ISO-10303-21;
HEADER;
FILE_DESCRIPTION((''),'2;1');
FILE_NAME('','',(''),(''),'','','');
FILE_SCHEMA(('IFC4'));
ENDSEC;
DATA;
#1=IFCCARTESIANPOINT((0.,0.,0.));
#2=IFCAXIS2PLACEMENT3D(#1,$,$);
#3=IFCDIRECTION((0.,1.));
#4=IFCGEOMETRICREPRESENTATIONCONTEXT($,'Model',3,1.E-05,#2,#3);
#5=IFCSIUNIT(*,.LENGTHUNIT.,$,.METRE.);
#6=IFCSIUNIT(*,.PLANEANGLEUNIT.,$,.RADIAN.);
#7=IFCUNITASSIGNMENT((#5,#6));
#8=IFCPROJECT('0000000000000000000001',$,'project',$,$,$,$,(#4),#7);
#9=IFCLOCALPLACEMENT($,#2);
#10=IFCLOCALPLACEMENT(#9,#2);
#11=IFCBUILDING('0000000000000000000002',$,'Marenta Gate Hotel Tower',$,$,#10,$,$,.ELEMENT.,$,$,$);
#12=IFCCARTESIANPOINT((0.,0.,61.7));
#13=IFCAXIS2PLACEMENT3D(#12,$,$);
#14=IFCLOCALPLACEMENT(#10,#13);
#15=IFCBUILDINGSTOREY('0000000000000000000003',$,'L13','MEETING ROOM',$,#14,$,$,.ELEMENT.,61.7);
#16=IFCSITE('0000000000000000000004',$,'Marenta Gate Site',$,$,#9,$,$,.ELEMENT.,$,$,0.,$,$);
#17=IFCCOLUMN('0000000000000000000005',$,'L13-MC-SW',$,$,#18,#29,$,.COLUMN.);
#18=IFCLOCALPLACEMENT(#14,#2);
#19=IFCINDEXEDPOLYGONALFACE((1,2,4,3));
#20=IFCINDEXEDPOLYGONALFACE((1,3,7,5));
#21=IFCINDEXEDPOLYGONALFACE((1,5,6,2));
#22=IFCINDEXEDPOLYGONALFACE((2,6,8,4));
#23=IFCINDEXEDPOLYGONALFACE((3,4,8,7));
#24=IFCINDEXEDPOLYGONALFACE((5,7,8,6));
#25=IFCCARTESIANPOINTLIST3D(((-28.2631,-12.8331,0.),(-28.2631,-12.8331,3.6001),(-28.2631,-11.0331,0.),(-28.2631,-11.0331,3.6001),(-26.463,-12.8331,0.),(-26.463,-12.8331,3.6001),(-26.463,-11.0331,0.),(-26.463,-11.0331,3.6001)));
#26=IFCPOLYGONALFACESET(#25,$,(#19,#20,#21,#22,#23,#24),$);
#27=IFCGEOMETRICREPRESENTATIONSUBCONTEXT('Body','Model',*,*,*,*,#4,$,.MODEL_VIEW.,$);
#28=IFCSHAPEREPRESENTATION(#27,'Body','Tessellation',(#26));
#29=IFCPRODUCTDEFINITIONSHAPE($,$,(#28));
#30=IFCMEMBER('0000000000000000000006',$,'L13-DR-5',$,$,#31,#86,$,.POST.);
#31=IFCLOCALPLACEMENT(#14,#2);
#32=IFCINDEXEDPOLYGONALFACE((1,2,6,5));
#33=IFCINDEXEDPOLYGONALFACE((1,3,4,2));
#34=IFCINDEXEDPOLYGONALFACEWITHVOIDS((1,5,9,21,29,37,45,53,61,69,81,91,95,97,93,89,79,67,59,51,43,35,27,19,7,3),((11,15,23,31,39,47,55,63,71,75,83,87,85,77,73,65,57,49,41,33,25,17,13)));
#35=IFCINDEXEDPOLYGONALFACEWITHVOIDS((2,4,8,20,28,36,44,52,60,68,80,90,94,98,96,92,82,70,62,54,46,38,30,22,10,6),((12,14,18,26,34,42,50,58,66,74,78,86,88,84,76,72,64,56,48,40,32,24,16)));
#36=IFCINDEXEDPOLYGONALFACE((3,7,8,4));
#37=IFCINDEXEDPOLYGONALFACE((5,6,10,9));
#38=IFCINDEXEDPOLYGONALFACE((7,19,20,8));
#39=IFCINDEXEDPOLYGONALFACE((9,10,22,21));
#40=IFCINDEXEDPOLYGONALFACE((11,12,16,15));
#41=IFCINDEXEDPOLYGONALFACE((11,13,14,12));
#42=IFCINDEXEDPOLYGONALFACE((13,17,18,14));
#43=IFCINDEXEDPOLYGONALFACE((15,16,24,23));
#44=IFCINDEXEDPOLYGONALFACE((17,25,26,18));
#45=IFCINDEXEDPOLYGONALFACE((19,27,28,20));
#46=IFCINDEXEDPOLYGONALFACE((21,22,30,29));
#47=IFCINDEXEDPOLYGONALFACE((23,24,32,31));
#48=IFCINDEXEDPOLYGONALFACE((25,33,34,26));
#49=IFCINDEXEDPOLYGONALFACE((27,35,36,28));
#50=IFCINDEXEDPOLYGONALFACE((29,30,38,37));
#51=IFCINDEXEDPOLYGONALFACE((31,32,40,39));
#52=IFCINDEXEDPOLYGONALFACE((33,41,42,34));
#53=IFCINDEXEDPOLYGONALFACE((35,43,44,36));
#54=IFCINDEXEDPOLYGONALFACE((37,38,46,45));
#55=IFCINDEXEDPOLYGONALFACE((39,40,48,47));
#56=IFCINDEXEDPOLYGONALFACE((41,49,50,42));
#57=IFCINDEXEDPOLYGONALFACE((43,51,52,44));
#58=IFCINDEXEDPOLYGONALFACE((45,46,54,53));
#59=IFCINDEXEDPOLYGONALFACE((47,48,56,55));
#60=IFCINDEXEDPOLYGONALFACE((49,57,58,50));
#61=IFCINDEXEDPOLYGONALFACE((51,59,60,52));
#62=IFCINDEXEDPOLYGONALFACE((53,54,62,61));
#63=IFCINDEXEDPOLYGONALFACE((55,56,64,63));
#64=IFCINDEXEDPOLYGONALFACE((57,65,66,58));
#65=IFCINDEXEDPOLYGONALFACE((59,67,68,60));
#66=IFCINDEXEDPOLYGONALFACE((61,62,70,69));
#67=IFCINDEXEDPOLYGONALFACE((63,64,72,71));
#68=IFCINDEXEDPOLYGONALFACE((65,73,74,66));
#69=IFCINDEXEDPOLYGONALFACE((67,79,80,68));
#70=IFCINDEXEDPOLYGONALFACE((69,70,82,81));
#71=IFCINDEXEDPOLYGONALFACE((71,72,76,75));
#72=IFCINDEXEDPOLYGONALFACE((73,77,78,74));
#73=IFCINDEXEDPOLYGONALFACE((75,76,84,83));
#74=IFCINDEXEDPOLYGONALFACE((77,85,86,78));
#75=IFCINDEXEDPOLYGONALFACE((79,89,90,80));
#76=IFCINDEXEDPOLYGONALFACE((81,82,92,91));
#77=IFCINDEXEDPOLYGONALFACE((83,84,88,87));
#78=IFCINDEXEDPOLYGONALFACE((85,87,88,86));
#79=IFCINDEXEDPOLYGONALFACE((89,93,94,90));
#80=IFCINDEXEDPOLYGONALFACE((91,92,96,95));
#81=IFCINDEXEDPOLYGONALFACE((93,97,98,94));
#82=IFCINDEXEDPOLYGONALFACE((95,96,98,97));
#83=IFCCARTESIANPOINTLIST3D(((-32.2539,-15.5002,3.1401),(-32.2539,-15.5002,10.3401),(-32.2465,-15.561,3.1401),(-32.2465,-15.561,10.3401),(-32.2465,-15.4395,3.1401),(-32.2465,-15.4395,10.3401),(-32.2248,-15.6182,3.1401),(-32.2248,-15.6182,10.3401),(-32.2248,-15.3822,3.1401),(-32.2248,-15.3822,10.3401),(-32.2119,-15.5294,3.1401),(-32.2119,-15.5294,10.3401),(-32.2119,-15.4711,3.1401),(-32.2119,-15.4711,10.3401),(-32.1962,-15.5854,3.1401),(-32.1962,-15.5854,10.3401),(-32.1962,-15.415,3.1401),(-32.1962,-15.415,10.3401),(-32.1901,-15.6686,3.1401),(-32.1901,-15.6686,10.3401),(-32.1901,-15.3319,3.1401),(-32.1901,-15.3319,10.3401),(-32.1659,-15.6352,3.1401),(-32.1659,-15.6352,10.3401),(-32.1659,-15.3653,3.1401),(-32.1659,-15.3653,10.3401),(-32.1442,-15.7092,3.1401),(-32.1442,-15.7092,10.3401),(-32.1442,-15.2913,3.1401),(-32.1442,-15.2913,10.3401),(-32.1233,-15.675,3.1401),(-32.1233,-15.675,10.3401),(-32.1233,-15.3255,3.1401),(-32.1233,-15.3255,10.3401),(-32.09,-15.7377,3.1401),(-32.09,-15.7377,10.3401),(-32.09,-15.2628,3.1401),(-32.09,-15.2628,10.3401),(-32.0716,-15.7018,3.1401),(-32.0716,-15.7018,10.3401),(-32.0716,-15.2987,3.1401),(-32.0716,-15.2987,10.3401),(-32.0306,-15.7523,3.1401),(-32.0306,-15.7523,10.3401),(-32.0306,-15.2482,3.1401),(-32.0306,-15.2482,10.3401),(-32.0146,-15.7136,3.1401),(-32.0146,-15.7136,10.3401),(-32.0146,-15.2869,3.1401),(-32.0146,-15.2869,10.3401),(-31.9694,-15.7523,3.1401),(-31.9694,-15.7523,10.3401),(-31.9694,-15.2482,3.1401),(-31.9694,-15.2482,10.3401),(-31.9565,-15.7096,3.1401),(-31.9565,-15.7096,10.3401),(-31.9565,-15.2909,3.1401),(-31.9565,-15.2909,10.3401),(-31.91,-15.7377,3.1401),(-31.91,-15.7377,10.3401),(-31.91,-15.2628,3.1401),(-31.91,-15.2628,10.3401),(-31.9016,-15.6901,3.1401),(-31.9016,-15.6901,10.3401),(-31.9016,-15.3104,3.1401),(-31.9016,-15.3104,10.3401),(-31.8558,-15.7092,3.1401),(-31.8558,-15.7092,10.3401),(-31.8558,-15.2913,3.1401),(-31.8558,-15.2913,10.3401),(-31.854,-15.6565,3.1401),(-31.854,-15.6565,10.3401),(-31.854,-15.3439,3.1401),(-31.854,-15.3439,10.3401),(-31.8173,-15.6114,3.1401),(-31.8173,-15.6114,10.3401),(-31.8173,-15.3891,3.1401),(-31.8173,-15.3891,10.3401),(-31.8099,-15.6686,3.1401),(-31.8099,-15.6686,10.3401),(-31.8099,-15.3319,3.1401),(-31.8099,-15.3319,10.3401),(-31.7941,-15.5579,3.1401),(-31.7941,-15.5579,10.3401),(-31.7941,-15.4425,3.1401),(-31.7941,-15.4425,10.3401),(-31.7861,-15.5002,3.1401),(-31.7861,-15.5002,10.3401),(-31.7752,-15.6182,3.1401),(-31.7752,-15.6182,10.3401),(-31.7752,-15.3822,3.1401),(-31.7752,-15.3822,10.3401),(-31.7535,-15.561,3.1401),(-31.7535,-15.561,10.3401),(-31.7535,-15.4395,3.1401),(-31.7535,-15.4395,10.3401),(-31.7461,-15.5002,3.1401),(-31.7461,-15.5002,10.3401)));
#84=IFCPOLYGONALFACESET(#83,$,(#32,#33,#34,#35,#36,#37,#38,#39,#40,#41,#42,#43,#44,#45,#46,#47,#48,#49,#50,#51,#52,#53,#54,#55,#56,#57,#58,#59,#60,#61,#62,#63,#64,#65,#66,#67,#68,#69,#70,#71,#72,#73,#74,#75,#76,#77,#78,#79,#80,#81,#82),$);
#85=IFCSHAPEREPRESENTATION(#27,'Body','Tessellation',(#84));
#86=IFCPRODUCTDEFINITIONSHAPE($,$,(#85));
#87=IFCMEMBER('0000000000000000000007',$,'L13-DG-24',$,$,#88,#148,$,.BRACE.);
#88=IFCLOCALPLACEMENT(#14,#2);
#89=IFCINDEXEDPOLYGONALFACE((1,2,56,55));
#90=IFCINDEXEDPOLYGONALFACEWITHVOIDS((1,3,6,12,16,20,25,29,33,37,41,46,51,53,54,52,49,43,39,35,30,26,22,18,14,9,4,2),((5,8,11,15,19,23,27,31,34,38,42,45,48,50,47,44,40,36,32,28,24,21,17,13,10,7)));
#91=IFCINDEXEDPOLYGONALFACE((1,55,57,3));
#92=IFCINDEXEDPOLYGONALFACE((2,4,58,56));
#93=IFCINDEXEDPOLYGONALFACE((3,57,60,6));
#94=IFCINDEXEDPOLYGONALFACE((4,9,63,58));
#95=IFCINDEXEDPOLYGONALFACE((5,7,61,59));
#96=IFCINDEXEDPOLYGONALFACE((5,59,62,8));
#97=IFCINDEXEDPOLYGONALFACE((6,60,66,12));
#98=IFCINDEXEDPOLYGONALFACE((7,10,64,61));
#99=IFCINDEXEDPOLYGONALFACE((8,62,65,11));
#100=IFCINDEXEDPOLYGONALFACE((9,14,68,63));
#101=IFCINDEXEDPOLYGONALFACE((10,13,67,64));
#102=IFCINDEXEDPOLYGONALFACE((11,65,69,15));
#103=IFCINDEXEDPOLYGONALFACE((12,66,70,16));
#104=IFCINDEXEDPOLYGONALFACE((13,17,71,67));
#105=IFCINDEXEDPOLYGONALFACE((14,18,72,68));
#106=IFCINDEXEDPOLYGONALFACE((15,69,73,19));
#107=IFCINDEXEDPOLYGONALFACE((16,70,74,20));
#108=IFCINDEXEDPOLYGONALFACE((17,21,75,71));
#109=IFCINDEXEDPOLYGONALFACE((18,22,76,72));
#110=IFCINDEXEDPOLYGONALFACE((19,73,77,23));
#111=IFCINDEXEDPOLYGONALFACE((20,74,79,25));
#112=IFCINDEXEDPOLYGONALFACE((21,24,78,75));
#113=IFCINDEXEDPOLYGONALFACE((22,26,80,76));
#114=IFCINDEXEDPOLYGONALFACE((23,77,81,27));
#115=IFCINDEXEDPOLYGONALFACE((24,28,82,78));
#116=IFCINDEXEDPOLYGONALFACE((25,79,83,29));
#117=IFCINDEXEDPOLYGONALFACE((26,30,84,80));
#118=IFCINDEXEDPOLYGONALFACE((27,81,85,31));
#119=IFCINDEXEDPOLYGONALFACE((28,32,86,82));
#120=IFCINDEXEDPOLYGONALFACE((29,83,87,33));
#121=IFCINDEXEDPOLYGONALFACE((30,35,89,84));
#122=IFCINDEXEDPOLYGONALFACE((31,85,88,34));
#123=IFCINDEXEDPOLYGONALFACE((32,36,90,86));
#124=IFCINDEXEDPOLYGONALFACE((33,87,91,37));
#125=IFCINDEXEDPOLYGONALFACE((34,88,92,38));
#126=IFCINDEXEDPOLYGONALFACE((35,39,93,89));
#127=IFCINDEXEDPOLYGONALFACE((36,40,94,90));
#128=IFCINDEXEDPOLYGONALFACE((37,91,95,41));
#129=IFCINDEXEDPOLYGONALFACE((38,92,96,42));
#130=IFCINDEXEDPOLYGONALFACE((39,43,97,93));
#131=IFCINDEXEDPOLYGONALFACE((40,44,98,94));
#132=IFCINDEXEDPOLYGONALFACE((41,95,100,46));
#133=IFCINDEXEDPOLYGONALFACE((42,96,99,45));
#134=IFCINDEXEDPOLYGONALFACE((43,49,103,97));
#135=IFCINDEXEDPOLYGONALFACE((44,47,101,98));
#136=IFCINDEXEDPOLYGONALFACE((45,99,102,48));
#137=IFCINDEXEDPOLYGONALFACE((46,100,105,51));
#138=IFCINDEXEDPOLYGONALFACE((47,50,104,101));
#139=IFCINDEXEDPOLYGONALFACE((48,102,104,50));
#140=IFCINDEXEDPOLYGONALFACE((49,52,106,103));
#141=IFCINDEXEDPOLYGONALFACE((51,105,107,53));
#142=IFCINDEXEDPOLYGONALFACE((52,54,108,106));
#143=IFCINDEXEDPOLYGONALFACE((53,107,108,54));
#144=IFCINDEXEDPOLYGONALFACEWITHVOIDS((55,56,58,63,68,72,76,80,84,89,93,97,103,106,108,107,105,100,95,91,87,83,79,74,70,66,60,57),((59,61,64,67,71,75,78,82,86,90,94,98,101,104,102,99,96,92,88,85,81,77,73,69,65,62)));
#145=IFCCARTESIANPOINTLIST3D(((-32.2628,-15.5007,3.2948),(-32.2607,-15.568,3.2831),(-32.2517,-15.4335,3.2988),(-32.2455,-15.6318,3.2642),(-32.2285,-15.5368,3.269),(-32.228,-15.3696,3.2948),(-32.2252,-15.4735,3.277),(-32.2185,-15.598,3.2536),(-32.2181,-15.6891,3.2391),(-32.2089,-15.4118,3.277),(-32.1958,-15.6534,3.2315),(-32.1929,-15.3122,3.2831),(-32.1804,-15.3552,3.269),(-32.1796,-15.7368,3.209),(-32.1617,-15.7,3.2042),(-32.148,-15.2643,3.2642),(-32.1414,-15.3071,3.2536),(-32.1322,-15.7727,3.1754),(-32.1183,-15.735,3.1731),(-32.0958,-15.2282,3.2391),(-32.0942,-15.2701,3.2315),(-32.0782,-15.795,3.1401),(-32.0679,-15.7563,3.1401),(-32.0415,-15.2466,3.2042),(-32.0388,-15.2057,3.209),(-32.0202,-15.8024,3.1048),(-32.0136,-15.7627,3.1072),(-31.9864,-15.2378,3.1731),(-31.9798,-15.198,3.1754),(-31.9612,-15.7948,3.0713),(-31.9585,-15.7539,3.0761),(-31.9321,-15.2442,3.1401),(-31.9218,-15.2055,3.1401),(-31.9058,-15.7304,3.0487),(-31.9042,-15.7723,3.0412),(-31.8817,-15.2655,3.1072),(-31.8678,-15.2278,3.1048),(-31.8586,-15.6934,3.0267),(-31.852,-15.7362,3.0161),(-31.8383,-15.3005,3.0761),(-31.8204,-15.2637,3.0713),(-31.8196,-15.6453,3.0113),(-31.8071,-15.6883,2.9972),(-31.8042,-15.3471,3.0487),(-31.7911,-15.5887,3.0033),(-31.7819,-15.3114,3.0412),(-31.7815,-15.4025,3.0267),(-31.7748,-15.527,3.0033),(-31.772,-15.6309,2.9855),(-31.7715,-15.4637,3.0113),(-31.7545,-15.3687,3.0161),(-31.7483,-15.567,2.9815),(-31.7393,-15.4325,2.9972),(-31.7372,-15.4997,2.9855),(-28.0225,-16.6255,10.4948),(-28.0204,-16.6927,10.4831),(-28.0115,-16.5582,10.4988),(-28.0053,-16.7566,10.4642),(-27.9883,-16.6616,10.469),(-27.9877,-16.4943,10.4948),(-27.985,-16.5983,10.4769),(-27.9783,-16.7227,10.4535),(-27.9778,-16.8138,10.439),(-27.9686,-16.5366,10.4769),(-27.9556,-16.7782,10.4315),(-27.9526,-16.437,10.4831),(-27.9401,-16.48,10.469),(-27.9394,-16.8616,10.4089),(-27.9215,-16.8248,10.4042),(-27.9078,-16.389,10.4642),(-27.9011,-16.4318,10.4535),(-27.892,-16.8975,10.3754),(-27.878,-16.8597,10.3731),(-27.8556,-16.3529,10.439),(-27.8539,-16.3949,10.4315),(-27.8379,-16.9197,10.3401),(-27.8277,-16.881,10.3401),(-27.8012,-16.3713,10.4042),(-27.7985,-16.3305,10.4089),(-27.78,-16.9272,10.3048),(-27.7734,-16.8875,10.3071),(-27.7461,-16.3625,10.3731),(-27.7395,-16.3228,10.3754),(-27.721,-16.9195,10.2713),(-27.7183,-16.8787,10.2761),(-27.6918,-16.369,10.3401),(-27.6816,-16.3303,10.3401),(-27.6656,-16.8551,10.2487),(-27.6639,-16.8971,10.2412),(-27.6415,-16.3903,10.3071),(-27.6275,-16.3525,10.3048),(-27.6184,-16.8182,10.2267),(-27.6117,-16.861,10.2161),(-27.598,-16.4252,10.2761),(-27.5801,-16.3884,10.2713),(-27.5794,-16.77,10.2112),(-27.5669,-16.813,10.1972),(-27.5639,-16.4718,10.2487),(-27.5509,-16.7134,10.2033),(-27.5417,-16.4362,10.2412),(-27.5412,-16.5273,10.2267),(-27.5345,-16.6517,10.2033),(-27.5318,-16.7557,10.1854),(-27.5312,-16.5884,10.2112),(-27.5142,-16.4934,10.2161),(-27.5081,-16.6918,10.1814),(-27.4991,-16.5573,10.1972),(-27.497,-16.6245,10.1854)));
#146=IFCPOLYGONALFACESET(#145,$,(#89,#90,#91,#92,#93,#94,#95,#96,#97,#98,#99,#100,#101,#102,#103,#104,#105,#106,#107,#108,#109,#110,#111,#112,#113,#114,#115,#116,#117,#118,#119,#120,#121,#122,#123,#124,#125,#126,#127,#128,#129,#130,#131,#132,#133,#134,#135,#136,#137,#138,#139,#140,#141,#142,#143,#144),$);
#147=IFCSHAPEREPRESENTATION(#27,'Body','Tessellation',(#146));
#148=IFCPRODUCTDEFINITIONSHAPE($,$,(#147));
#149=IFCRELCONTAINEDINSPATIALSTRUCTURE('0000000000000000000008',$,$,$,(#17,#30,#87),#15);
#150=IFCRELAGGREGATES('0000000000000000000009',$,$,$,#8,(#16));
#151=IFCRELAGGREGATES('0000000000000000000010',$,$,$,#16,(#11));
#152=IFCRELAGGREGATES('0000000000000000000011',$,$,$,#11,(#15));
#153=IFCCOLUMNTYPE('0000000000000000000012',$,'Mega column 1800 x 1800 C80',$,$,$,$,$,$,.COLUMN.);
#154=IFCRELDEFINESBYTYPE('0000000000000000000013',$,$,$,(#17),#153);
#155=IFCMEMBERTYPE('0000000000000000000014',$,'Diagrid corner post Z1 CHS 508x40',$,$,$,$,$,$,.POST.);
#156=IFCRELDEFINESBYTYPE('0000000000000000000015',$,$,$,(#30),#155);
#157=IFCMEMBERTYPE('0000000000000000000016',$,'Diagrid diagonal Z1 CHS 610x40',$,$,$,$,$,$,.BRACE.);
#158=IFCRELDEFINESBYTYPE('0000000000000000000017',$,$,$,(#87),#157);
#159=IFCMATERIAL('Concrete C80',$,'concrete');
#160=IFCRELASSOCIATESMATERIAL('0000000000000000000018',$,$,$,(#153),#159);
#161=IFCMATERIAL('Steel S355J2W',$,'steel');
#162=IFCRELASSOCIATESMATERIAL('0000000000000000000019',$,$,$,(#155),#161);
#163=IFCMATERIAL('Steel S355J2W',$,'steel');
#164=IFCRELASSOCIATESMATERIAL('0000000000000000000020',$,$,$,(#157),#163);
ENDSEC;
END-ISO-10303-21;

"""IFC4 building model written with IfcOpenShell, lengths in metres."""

from ifc_helpers import new_model, si_unit, direction, frame, origin, origin_2d, place, context, subcontext, project, spatial, rectangle, hollow_circle, extrude, material, material_profile, profile_set, type_object, element, save


model = new_model("IFC4")

# Units and contexts
model_context = context("Model", 3, precision=1e-05, world=origin(), true_north=direction((0.0, 1.0)))
body_context = subcontext(model_context, "Body", "Model", "MODEL_VIEW")
ifc_project = project(units=[si_unit("LENGTHUNIT", "METRE"), si_unit("PLANEANGLEUNIT", "RADIAN")], contexts=[model_context])

# Site, building, storey
site_placement = place(None, origin())
site = spatial("IfcSite", under=ifc_project, at=site_placement, Name="Marenta Gate Site", CompositionType="ELEMENT", RefElevation=0.0)
building_placement = place(site_placement, origin())
building = spatial("IfcBuilding", under=site, at=building_placement, Name="Marenta Gate Hotel Tower", CompositionType="ELEMENT")
storey_placement = place(building_placement, frame((0.0, 0.0, 61.7)))
storey = spatial("IfcBuildingStorey", under=building, at=storey_placement, Name="L13", Description="MEETING ROOM", CompositionType="ELEMENT", Elevation=61.7)

# Column
ifc_material_1 = material(Name="Concrete C80", Category="concrete")
ifc_material_profile_1 = material_profile(ifc_material_1, rectangle(XDim=1.8, YDim=1.8, at=origin_2d()), Name="1800 x 1800")
ifc_profile_set_1 = profile_set([ifc_material_profile_1], Name="Concrete C80")
column_type = type_object("IfcColumnType", Name="Mega column 1800 x 1800 C80", PredefinedType="COLUMN", material=ifc_profile_set_1)
column_placement = place(storey_placement, frame((-27.363, -11.9331, 0.0), z_axis=(0.0, 0.0, 1.0), x_axis=(1.0, 0.0, 0.0)))
element("IfcColumn", 1, at=column_placement, inside=storey, type_object=column_type, Name="L13-MC-SW", PredefinedType="COLUMN", context=body_context, shape_type="SweptSolid", body=[
    extrude(rectangle(XDim=1.8, YDim=1.8, at=origin_2d()), origin(), (0.0, 0.0, 1.0), 3.6001),
])

# Members
ifc_material_2 = material(Name="Steel S355J2W", Category="steel")
ifc_material_profile_2 = material_profile(ifc_material_2, hollow_circle(Radius=0.2539, WallThickness=0.04, at=origin_2d()), Name="CHS 508x40")
ifc_profile_set_2 = profile_set([ifc_material_profile_2], Name="Steel S355J2W")
member_type_1 = type_object("IfcMemberType", Name="Diagrid corner post Z1 CHS 508x40", PredefinedType="POST", material=ifc_profile_set_2)
member_1_placement = place(storey_placement, frame((-32.0, -15.5002, 3.1401), z_axis=(0.0, 0.0, 1.0), x_axis=(1.0, 0.0, 0.0)))
element("IfcMember", 2, at=member_1_placement, inside=storey, type_object=member_type_1, Name="L13-DR-5", PredefinedType="POST", context=body_context, shape_type="SweptSolid", body=[
    extrude(hollow_circle(Radius=0.2539, WallThickness=0.04, at=origin_2d()), origin(), (0.0, 0.0, 1.0), 7.2),
])
ifc_material_3 = material(Name="Steel S355J2W", Category="steel")
ifc_material_profile_3 = material_profile(ifc_material_3, hollow_circle(Radius=0.3049, WallThickness=0.04, at=origin_2d()), Name="CHS 610x40")
ifc_profile_set_3 = profile_set([ifc_material_profile_3], Name="Steel S355J2W")
member_type_2 = type_object("IfcMemberType", Name="Diagrid diagonal Z1 CHS 610x40", PredefinedType="BRACE", material=ifc_profile_set_3)
member_2_placement = place(storey_placement, frame((-32.0, -15.5002, 3.1401), z_axis=(0.502926, -0.133405, 0.853972), x_axis=(0.256391, 0.966573, 0.0)))
element("IfcMember", 3, at=member_2_placement, inside=storey, type_object=member_type_2, Name="L13-DG-24", PredefinedType="BRACE", context=body_context, shape_type="SweptSolid", body=[
    extrude(hollow_circle(Radius=0.3049, WallThickness=0.04, at=origin_2d()), origin(), (0.0, 0.0, 1.0), 8.4312),
])

save(model, "model.ifc")
